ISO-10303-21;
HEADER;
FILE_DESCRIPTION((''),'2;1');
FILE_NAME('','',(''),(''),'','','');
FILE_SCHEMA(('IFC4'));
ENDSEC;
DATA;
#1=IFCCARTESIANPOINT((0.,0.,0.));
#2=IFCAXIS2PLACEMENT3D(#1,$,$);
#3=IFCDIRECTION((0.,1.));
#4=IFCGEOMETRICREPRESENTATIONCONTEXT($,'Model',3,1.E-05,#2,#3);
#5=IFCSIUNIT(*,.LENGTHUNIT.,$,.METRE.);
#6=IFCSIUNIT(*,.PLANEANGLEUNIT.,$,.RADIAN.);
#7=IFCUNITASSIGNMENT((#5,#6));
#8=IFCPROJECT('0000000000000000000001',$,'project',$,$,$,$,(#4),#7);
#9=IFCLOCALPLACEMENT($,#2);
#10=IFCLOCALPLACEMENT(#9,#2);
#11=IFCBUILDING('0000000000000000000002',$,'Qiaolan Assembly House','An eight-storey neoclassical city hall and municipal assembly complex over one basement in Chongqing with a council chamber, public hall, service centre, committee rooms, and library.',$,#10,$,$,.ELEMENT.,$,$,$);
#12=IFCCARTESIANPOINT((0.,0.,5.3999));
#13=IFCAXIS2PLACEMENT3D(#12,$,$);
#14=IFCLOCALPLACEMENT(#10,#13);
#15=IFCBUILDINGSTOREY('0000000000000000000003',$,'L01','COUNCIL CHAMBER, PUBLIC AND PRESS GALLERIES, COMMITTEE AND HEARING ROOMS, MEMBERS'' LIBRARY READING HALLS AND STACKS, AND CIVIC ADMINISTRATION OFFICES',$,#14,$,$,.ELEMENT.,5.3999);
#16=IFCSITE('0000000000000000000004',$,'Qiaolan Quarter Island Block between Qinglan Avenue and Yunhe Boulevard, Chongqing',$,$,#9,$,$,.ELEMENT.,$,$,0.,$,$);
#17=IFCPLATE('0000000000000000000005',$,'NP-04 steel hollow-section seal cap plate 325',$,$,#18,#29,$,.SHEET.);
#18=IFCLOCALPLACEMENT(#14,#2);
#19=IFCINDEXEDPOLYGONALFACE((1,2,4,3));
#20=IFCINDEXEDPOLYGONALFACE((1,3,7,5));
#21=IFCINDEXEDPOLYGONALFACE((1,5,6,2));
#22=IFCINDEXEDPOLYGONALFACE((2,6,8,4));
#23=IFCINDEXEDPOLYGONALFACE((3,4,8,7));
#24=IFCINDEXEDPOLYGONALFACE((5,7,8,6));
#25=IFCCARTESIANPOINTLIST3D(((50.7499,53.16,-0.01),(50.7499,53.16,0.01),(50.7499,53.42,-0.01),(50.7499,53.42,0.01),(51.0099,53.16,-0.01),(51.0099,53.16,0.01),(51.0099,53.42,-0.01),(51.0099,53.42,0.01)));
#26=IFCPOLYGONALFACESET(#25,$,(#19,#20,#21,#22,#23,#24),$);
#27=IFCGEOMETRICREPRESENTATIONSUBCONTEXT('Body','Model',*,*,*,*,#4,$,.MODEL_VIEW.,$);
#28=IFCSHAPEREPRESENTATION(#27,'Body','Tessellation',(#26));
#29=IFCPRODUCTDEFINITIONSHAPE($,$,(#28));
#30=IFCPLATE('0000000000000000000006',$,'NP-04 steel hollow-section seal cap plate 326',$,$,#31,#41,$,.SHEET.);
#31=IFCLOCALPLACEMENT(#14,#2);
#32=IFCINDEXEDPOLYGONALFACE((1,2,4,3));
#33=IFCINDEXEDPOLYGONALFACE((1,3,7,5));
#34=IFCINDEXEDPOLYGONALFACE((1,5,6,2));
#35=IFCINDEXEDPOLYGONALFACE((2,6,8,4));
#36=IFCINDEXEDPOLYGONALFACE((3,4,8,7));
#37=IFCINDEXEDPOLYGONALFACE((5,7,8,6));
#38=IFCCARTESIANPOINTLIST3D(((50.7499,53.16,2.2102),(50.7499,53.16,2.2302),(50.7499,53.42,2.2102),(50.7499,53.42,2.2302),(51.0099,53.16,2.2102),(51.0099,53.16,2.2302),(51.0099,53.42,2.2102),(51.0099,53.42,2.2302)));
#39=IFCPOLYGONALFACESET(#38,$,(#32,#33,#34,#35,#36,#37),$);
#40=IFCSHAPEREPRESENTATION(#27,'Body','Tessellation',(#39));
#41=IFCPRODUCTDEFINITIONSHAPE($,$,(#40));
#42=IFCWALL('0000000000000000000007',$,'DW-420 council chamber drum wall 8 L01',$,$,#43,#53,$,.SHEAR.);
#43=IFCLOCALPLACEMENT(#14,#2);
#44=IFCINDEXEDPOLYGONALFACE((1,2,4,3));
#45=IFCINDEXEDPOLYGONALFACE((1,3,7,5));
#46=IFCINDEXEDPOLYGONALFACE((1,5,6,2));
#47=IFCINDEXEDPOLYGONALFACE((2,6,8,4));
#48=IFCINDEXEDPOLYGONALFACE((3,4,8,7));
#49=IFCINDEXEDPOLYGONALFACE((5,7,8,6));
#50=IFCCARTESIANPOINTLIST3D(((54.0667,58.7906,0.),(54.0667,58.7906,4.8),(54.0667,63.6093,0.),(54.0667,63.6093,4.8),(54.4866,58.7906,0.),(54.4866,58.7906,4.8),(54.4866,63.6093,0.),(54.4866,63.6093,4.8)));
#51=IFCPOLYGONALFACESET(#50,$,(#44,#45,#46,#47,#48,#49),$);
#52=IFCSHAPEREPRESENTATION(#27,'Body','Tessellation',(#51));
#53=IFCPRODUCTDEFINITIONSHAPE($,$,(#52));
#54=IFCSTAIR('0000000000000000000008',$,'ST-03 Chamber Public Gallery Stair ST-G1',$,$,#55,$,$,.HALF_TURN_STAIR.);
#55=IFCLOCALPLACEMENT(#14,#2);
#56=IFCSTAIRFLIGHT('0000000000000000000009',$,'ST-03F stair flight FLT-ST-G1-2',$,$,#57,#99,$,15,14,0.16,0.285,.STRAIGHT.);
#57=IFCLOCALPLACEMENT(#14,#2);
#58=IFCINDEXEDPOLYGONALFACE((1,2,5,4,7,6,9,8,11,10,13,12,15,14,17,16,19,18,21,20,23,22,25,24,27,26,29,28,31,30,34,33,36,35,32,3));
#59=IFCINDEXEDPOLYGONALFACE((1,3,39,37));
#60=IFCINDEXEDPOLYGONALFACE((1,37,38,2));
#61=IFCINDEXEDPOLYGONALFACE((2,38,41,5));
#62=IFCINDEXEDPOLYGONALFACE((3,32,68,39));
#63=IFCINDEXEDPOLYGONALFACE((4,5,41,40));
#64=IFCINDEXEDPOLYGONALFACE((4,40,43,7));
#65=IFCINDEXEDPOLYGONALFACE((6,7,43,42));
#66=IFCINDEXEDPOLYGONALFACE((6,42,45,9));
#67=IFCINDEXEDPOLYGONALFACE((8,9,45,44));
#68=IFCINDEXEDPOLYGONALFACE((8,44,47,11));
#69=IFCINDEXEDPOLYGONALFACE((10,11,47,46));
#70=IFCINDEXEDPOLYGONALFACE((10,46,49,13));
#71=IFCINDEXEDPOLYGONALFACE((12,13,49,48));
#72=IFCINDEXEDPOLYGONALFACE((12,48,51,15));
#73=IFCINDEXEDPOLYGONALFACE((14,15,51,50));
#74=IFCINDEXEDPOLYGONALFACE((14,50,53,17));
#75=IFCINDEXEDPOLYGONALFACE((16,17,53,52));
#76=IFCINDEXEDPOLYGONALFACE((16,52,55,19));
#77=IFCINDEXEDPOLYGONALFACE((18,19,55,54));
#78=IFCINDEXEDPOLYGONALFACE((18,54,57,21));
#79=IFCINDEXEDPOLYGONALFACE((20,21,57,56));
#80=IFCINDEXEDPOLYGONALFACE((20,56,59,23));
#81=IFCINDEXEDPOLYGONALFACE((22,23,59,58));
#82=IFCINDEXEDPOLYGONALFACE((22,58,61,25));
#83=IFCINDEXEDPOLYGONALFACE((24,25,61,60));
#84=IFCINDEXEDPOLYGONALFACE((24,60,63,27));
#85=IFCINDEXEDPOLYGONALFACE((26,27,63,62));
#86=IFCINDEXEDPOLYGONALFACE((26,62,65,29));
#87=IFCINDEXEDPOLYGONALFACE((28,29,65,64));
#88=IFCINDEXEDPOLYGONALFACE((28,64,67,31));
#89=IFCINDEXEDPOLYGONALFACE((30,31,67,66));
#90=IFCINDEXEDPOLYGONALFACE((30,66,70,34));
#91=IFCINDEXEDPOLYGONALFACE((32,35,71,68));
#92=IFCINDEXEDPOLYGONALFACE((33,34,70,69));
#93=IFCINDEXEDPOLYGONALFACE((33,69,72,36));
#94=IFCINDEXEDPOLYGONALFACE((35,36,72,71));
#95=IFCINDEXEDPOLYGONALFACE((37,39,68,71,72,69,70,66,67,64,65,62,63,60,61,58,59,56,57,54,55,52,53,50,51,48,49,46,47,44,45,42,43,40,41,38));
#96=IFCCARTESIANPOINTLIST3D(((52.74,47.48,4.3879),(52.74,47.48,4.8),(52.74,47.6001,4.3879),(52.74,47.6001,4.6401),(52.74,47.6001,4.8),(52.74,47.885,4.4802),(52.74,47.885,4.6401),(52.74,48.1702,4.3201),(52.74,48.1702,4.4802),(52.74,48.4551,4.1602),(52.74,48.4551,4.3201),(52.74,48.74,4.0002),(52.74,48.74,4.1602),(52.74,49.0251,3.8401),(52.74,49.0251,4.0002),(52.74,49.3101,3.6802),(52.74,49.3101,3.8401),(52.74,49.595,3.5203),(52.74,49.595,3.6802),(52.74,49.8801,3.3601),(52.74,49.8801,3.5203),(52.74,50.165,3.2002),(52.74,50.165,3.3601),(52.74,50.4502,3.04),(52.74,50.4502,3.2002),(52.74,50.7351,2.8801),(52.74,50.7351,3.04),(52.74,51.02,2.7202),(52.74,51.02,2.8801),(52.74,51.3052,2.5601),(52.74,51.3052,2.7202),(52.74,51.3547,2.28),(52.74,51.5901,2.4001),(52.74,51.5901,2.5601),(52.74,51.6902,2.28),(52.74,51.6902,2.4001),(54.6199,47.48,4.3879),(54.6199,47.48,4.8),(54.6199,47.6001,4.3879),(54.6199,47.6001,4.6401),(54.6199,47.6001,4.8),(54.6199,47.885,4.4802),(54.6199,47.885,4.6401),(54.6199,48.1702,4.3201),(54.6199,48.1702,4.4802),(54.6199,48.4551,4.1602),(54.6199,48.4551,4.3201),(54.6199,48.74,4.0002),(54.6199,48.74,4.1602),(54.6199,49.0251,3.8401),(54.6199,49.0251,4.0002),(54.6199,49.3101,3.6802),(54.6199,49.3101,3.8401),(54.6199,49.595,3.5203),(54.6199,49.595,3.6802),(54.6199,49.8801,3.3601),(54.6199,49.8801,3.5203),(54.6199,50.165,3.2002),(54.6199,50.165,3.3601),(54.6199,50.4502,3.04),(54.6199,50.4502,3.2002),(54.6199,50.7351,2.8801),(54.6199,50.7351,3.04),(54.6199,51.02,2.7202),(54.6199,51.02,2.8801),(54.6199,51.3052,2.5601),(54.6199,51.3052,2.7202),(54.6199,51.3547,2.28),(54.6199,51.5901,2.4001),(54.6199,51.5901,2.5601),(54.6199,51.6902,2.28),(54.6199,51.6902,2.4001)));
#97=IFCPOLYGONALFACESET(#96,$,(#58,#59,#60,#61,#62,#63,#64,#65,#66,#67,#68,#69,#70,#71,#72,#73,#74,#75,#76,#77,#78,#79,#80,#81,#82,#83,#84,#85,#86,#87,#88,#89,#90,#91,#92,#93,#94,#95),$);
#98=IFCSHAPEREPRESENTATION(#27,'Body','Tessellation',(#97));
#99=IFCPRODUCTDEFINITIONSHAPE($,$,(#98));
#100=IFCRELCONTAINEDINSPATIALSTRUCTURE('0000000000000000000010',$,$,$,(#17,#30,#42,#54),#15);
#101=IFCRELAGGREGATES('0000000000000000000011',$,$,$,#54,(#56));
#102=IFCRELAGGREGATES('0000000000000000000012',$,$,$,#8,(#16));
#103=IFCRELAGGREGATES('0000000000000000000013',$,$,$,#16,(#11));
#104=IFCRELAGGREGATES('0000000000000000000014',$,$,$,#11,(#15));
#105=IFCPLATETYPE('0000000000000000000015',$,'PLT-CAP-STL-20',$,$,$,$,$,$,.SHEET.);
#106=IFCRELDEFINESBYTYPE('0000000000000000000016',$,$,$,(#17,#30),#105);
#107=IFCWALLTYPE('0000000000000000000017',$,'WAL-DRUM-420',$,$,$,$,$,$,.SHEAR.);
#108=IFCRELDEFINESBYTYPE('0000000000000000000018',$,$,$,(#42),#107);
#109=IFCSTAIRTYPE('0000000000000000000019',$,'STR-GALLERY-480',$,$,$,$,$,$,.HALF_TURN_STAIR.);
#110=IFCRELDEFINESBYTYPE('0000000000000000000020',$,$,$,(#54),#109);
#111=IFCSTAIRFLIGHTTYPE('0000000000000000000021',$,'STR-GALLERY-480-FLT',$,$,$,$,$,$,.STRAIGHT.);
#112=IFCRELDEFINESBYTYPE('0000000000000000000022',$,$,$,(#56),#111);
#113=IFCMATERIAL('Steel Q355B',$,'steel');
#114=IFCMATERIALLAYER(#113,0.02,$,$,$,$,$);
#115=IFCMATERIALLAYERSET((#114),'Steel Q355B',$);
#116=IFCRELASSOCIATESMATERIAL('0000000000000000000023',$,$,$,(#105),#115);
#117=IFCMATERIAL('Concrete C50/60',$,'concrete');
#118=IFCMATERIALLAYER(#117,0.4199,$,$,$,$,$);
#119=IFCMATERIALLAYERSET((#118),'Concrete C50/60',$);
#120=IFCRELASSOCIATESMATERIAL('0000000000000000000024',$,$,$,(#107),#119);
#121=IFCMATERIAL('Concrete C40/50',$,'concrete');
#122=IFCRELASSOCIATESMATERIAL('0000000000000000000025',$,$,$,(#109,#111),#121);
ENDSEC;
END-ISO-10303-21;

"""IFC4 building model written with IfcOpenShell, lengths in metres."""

from ifc_helpers import new_model, si_unit, direction, frame, frame_2d, origin, origin_2d, place, context, subcontext, project, spatial, polyline, rectangle, outline, extrude, material, layer, layer_set, type_object, element, aggregate, save


model = new_model("IFC4")

# Units and contexts
model_context = context("Model", 3, precision=1e-05, world=origin(), true_north=direction((0.0, 1.0)))
body_context = subcontext(model_context, "Body", "Model", "MODEL_VIEW")
ifc_project = project(units=[si_unit("LENGTHUNIT", "METRE"), si_unit("PLANEANGLEUNIT", "RADIAN")], contexts=[model_context])

# Site, building, storey
site_placement = place(None, origin())
site = spatial("IfcSite", under=ifc_project, at=site_placement, Name="Qiaolan Quarter Island Block between Qinglan Avenue and Yunhe Boulevard, Chongqing", CompositionType="ELEMENT", RefElevation=0.0)
building_placement = place(site_placement, origin())
building = spatial("IfcBuilding", under=site, at=building_placement, Name="Qiaolan Assembly House", Description="An eight-storey neoclassical city hall and municipal assembly complex over one basement in Chongqing with a council chamber, public hall, service centre, committee rooms, and library.", CompositionType="ELEMENT")
storey_placement = place(building_placement, frame((0.0, 0.0, 5.3999)))
storey = spatial("IfcBuildingStorey", under=building, at=storey_placement, Name="L01", Description="COUNCIL CHAMBER, PUBLIC AND PRESS GALLERIES, COMMITTEE AND HEARING ROOMS, MEMBERS' LIBRARY READING HALLS AND STACKS, AND CIVIC ADMINISTRATION OFFICES", CompositionType="ELEMENT", Elevation=5.3999)

# Shared definitions
ifc_material_1 = material(Name="Concrete C50/60", Category="concrete")
ifc_material_2 = material(Name="Steel Q355B", Category="steel")

# Shared definitions
ifc_material_3 = material(Name="Concrete C40/50", Category="concrete")

# Plates
ifc_layer_1 = layer(ifc_material_2, 0.02)
ifc_layer_set_1 = layer_set([ifc_layer_1], Name="Steel Q355B")
plate_type = type_object("IfcPlateType", Name="PLT-CAP-STL-20", PredefinedType="SHEET", material=ifc_layer_set_1)
for number, where, z_axis, x_axis, name in (
    (1, (50.8799, 53.29, -0.01), (0.0, 0.0, 1.0), (1.0, 0.0, 0.0), "NP-04 steel hollow-section seal cap plate 325"),
    (2, (50.8799, 53.29, 2.2102), (0.0, 0.0, 1.0), (1.0, 0.0, 0.0), "NP-04 steel hollow-section seal cap plate 326"),
):
    element("IfcPlate", number, at=place(storey_placement, frame(where, z_axis=z_axis, x_axis=x_axis)), inside=storey, type_object=plate_type, Name=name, PredefinedType="SHEET", context=body_context, shape_type="SweptSolid", body=[
        extrude(rectangle(XDim=0.26, YDim=0.26, at=origin_2d()), origin(), (0.0, 0.0, 1.0), 0.02),
    ])

# Wall
ifc_layer_2 = layer(ifc_material_1, 0.4199)
ifc_layer_set_2 = layer_set([ifc_layer_2], Name="Concrete C50/60")
wall_type = type_object("IfcWallType", Name="WAL-DRUM-420", PredefinedType="SHEAR", material=ifc_layer_set_2)
wall_placement = place(storey_placement, frame((54.2766, 58.7908, 0.0), z_axis=(0.0, 0.0, 1.0), x_axis=(0.0, 1.0, 0.0)))
element("IfcWall", 3, at=wall_placement, inside=storey, type_object=wall_type, Name="DW-420 council chamber drum wall 8 L01", PredefinedType="SHEAR", context=body_context, shape_type="SweptSolid", body=[
    extrude(rectangle(XDim=4.8186, YDim=0.4199, at=frame_2d((2.4092, 0.0))), origin(), (0.0, 0.0, 1.0), 4.8),
])

# Stair, stair flight
stair_type = type_object("IfcStairType", Name="STR-GALLERY-480", PredefinedType="HALF_TURN_STAIR", material=ifc_material_3)
stair_placement = place(storey_placement, origin())
stair = element("IfcStair", 4, at=stair_placement, inside=storey, type_object=stair_type, Name="ST-03 Chamber Public Gallery Stair ST-G1", PredefinedType="HALF_TURN_STAIR")
stair_flight_type = type_object("IfcStairFlightType", Name="STR-GALLERY-480-FLT", PredefinedType="STRAIGHT", material=ifc_material_3)
stair_flight_placement = place(storey_placement, frame((53.6799, 51.5901, 2.4001), z_axis=(0.0, 0.0, 1.0), x_axis=(0.0, -1.0, 0.0)))
stair_flight = element("IfcStairFlight", 5, at=stair_flight_placement, type_object=stair_flight_type, Name="ST-03F stair flight FLT-ST-G1-2", NumberOfRisers=15, NumberOfTreads=14, PredefinedType="STRAIGHT", RiserHeight=0.16, TreadLength=0.285, context=body_context, shape_type="SweptSolid", body=[
    extrude(outline(polyline([(-0.1001, -0.1201), (-0.1001, 0.0), (0.0, 0.0), (0.0, 0.1599), (0.2849, 0.1599), (0.2849, 0.3201), (0.5701, 0.3201), (0.5701, 0.48), (0.855, 0.48), (0.855, 0.6399), (1.1399, 0.6399), (1.1399, 0.8), (1.425, 0.8), (1.425, 0.96), (1.71, 0.96), (1.71, 1.1201), (1.9951, 1.1201), (1.9951, 1.28), (2.28, 1.28), (2.28, 1.4399), (2.5649, 1.4399), (2.5649, 1.6001), (2.8501, 1.6001), (2.8501, 1.76), (3.135, 1.76), (3.135, 1.9199), (3.4199, 1.9199), (3.4199, 2.0801), (3.7051, 2.0801), (3.7051, 2.24), (3.99, 2.24), (3.99, 2.3999), (4.1101, 2.3999), (4.1101, 1.9878), (3.99, 1.9878), (0.2354, -0.1201), (-0.1001, -0.1201)])), frame((0.0, 0.9399, 0.0), z_axis=(0.0, -1.0, 0.0), x_axis=(1.0, 0.0, 0.0)), (0.0, 0.0, 1.0), 1.8799),
])
aggregate(stair, [stair_flight])

save(model, "model.ifc")
